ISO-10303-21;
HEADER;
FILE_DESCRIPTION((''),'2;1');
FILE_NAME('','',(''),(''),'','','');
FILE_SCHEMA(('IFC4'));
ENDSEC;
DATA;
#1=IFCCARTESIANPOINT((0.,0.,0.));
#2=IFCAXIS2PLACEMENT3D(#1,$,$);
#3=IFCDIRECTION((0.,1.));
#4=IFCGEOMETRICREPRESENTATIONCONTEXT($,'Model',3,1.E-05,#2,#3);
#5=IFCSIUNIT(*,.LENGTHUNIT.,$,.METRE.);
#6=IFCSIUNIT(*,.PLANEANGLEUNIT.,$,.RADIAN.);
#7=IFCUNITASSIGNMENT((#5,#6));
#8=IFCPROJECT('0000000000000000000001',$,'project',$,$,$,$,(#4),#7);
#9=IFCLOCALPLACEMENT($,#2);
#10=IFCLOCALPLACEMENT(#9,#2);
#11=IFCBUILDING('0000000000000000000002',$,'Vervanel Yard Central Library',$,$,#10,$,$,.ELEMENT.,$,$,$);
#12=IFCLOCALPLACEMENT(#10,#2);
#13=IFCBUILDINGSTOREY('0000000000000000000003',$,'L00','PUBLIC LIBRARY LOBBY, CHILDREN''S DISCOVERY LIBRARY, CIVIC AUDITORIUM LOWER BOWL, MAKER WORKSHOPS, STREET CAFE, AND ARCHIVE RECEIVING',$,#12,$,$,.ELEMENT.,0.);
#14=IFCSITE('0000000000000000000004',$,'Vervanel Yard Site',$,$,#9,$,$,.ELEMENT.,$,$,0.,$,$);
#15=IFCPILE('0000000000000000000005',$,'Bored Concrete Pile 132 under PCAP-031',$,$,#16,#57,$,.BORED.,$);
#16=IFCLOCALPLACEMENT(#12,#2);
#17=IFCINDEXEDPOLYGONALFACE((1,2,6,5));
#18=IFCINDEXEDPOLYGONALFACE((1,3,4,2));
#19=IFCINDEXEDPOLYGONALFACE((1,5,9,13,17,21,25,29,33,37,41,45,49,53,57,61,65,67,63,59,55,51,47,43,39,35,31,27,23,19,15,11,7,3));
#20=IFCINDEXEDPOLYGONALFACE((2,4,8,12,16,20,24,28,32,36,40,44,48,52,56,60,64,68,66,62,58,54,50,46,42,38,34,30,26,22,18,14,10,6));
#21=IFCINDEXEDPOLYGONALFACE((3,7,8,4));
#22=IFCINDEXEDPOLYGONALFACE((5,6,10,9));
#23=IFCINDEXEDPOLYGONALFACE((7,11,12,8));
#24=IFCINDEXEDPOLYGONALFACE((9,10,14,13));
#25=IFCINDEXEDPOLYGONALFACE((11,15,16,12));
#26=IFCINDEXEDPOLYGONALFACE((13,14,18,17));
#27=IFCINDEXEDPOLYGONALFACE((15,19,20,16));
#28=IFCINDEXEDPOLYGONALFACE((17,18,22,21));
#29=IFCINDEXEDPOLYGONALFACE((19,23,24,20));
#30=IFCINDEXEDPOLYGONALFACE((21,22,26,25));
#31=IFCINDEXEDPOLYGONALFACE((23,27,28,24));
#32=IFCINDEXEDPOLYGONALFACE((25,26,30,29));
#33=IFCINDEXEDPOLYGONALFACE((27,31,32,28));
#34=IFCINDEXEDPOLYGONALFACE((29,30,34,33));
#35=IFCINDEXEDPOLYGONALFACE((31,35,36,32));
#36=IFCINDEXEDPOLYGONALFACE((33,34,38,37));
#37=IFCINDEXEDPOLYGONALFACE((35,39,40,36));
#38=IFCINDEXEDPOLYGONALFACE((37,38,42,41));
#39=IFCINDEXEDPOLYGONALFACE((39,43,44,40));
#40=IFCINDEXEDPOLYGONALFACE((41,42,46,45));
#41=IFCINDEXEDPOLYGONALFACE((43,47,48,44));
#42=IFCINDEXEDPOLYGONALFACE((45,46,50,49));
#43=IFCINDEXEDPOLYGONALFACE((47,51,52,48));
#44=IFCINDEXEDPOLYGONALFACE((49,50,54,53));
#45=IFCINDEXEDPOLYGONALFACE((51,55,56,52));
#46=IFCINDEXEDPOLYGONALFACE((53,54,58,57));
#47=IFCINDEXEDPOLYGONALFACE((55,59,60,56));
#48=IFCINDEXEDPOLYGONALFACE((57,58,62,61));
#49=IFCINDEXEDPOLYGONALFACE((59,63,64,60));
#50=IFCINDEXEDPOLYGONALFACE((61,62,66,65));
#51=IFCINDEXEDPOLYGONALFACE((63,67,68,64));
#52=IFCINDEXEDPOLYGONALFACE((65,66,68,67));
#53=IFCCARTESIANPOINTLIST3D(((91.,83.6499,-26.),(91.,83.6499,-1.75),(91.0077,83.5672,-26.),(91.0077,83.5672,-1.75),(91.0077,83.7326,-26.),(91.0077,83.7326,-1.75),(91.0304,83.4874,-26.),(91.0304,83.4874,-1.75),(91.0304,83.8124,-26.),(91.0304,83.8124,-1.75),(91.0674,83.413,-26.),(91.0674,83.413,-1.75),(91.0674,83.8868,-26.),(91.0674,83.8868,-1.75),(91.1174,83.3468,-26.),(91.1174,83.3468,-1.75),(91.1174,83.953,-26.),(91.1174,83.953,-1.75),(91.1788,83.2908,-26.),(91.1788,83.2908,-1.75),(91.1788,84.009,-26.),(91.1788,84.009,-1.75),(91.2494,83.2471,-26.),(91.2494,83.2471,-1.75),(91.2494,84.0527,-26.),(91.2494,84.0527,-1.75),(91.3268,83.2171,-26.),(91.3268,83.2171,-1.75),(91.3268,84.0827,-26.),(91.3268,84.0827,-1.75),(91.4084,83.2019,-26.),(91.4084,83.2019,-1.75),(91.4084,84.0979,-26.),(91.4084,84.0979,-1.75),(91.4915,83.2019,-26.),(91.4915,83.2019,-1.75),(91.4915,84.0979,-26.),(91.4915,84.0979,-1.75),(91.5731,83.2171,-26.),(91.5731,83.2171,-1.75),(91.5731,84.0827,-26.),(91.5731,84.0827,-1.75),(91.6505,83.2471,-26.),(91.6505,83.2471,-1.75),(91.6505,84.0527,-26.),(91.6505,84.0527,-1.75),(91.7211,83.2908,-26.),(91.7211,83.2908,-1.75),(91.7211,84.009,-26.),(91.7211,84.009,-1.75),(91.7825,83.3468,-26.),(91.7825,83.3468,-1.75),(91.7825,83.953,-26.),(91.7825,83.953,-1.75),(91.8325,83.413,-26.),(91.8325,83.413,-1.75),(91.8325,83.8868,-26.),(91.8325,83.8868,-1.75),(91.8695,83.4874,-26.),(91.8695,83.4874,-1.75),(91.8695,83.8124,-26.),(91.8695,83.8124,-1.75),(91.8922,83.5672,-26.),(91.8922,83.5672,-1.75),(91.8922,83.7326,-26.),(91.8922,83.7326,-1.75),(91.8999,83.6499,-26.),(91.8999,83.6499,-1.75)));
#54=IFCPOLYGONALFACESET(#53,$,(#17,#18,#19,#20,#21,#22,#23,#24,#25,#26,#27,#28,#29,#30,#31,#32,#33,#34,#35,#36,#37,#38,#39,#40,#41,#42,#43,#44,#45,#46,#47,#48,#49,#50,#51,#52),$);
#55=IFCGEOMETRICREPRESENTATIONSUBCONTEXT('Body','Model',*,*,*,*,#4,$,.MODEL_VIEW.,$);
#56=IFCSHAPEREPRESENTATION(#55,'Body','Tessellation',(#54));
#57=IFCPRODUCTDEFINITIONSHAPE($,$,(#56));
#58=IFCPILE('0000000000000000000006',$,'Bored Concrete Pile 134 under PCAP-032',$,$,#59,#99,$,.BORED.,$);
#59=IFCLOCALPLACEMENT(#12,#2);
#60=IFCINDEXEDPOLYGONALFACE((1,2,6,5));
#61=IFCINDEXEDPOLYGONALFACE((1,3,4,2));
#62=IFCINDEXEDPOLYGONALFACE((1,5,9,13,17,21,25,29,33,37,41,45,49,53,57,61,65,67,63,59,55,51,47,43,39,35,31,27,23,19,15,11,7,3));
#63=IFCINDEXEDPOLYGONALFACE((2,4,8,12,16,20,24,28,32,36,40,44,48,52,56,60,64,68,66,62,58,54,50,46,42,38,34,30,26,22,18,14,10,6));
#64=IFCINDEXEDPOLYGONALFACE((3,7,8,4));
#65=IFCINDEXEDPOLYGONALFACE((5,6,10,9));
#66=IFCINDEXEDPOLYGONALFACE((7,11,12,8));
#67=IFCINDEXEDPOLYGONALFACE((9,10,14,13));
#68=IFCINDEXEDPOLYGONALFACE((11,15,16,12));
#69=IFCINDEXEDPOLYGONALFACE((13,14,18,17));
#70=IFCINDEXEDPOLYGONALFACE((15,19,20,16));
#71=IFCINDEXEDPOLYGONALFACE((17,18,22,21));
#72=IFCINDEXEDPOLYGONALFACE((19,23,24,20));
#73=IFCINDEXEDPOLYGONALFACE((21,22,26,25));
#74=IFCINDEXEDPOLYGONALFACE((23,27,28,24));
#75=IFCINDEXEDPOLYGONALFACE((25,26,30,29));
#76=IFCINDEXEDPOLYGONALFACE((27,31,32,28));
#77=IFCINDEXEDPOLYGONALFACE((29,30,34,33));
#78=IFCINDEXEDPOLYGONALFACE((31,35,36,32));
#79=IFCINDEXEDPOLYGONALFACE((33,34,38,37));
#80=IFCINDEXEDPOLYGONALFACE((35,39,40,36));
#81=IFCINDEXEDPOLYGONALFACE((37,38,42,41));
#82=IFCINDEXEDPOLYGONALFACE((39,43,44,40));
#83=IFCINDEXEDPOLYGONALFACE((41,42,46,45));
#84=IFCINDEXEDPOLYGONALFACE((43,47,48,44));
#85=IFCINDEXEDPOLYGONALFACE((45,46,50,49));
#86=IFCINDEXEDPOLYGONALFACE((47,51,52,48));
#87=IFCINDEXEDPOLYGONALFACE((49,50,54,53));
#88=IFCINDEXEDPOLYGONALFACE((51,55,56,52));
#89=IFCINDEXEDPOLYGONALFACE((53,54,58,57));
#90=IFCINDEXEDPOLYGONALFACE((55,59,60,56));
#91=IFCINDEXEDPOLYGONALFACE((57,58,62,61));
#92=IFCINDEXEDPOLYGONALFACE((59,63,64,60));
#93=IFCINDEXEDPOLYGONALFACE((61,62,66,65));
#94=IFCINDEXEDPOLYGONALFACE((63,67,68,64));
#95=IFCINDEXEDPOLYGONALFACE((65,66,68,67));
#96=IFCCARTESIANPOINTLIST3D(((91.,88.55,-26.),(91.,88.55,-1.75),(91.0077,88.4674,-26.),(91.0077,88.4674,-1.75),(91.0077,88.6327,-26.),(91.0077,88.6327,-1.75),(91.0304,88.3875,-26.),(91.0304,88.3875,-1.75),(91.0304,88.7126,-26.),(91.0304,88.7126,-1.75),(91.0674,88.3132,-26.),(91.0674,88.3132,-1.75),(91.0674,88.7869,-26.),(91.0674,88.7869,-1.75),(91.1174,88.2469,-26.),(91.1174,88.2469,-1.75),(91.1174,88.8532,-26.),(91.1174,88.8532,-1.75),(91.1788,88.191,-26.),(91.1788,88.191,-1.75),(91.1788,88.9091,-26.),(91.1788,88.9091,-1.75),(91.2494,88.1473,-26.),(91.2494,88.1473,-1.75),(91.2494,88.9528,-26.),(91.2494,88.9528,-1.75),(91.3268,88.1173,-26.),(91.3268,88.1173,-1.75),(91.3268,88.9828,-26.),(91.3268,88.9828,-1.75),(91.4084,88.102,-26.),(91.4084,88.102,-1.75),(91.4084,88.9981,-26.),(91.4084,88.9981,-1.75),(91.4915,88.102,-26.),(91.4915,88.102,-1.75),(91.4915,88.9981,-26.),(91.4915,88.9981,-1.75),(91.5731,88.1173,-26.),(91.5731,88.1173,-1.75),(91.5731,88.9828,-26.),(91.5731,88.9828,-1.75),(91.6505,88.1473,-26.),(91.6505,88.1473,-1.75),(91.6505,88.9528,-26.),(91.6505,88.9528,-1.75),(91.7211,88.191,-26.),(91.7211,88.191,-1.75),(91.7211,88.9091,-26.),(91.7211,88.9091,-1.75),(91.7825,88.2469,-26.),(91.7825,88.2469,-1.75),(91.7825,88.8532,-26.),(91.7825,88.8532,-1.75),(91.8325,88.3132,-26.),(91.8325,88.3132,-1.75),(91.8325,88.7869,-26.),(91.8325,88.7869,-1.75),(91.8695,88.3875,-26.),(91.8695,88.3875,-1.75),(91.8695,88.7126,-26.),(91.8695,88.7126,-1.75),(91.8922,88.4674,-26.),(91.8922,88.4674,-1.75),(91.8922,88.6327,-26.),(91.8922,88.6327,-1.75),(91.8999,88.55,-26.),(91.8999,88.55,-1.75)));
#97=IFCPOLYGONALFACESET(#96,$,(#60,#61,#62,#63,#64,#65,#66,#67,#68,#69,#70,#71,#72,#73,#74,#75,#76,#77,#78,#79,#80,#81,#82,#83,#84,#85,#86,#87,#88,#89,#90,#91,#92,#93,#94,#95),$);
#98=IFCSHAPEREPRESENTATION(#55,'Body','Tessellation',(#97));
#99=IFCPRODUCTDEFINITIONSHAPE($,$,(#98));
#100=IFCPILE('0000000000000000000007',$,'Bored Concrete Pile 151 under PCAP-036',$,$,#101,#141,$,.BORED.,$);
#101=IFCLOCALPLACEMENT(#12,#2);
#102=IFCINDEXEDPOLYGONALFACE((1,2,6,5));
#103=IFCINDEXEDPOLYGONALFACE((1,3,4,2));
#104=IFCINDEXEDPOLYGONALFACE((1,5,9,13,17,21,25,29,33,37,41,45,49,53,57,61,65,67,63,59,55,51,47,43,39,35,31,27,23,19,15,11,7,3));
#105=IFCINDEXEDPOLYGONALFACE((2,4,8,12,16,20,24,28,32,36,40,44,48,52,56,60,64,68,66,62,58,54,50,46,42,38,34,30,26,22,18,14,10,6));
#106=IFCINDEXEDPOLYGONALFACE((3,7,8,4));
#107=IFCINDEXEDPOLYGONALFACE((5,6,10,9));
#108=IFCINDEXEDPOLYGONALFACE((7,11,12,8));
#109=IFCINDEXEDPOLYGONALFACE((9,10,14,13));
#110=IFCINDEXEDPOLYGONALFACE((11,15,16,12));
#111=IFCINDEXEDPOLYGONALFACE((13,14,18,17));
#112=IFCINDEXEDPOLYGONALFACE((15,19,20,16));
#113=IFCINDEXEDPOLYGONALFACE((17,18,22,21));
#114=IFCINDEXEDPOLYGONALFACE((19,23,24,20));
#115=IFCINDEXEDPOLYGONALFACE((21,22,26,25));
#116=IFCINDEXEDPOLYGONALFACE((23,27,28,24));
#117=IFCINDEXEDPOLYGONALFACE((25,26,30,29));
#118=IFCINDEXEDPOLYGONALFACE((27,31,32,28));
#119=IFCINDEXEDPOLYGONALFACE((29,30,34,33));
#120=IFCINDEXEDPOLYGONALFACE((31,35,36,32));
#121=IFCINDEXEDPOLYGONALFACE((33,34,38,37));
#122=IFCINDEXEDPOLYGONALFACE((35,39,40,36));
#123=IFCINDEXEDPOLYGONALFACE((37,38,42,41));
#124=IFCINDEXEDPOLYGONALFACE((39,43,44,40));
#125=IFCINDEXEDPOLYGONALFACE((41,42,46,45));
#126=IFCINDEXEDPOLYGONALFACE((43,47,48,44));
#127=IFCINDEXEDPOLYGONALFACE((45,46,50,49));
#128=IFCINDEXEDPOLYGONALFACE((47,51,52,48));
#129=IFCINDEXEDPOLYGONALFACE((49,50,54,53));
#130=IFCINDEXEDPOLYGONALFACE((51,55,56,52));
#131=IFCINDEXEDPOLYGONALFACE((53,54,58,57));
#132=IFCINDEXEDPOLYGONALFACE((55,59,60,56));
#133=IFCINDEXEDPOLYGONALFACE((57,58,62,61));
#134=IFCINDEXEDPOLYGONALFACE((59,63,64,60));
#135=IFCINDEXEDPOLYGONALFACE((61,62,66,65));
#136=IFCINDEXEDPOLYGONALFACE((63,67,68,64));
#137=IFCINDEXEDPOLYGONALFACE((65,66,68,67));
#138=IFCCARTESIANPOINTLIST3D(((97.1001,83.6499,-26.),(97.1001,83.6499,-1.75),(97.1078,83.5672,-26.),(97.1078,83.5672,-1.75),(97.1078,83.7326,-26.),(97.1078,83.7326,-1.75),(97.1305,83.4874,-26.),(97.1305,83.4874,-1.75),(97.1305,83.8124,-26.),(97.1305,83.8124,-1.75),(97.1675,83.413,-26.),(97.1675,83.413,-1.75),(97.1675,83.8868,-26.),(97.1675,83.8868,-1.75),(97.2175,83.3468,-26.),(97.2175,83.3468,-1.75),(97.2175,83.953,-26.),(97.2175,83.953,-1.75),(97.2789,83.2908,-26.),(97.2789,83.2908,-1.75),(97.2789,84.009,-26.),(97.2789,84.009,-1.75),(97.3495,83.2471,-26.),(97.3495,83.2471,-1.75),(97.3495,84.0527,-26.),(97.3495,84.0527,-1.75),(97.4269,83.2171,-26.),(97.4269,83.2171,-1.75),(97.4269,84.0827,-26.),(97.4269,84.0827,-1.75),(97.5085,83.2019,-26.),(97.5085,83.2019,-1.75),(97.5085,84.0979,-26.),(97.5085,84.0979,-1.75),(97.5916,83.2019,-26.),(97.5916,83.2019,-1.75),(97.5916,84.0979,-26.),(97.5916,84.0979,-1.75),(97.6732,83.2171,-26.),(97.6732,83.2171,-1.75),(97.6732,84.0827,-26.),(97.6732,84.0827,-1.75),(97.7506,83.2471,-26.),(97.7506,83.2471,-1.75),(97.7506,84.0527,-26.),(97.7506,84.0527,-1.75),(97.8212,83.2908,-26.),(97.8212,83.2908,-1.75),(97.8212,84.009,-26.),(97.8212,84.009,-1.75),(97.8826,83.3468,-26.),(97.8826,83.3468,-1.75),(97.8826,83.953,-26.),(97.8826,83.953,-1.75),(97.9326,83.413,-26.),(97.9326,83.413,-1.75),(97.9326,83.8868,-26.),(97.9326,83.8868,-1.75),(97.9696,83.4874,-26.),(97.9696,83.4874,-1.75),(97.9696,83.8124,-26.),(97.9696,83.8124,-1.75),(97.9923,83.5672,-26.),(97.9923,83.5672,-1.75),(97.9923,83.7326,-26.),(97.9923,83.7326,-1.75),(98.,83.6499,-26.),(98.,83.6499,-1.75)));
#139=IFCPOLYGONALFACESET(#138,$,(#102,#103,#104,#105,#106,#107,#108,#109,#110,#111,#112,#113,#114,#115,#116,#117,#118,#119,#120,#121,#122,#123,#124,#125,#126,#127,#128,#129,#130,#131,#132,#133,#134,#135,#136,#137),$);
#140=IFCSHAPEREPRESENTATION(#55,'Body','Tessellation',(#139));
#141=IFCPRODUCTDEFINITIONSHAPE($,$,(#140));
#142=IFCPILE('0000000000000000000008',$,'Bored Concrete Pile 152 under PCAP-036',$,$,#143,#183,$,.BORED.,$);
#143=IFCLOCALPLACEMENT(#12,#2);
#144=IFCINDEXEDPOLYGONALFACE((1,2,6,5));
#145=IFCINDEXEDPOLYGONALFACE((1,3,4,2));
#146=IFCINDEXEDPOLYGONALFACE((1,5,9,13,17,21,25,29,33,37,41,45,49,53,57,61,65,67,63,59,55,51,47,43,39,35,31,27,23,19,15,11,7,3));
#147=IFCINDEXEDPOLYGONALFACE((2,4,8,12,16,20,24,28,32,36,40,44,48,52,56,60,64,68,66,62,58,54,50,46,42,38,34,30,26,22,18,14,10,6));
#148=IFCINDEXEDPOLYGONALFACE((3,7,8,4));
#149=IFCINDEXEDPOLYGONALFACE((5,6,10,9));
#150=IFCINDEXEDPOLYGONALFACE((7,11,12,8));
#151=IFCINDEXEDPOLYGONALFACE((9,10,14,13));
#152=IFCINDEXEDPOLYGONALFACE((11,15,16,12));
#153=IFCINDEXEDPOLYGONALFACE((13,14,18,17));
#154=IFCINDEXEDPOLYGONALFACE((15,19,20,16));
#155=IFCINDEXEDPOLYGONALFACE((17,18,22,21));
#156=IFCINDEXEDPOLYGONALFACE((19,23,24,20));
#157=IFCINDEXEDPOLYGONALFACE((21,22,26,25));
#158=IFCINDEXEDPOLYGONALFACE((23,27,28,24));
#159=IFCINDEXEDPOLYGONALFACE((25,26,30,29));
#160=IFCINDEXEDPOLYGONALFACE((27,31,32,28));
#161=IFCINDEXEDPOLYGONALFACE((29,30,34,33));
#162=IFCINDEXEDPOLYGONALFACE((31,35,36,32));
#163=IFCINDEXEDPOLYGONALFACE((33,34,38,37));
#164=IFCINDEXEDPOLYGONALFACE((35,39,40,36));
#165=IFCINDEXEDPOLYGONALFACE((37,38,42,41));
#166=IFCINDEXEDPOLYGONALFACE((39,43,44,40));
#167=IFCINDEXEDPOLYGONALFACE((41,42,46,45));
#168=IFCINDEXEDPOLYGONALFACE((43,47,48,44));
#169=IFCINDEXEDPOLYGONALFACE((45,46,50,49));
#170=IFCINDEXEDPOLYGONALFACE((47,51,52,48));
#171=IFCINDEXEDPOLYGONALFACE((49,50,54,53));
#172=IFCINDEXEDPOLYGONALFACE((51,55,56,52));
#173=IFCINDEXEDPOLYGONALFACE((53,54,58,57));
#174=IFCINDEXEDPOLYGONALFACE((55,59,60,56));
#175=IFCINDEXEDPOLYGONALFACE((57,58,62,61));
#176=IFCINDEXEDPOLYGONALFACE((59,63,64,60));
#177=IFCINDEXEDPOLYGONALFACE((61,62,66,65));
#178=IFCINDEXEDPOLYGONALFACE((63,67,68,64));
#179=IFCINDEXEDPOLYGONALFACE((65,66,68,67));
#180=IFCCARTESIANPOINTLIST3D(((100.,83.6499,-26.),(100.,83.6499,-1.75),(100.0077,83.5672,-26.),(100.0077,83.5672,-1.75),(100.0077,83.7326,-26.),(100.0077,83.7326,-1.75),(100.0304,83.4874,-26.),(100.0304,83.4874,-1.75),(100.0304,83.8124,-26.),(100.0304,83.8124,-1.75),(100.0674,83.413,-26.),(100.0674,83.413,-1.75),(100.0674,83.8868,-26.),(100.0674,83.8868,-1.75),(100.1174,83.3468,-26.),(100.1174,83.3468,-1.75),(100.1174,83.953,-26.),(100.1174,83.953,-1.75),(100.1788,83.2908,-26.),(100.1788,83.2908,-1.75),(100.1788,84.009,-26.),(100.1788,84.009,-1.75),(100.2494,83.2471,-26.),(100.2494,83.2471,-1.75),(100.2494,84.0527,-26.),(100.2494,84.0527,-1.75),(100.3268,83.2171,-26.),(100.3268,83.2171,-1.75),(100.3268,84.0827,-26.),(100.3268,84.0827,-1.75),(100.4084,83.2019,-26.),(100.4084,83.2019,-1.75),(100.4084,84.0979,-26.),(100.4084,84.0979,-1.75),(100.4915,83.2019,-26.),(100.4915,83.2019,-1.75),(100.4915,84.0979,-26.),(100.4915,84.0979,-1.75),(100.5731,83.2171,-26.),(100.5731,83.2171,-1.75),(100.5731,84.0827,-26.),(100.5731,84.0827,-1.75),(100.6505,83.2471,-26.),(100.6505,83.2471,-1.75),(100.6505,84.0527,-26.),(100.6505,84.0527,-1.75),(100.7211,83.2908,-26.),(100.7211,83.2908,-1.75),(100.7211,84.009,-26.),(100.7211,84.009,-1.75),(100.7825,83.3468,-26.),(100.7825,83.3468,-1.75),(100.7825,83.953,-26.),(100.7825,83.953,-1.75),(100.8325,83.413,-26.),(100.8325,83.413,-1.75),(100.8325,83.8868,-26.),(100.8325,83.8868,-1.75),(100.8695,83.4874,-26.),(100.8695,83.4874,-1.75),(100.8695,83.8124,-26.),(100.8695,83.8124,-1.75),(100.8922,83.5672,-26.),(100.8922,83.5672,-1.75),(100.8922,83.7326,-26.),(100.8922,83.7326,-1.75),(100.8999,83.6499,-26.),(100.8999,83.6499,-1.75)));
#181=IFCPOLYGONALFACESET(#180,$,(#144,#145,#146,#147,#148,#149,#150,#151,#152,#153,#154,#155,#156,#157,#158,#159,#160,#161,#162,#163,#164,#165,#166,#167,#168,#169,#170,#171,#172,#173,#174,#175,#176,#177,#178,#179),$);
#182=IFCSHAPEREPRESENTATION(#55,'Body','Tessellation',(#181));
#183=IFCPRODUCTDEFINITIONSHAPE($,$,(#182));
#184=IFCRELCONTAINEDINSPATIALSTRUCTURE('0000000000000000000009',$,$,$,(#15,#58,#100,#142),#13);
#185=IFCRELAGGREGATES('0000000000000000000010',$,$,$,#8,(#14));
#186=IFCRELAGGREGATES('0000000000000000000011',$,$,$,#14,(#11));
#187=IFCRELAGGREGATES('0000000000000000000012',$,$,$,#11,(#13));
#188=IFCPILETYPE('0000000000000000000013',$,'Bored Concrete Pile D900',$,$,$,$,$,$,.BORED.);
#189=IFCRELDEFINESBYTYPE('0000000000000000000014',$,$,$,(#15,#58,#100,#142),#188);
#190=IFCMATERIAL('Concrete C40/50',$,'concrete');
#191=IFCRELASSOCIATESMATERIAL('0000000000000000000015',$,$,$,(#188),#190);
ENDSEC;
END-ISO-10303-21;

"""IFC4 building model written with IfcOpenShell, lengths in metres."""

from ifc_helpers import new_model, si_unit, direction, frame, origin, origin_2d, place, context, subcontext, project, spatial, circle, extrude, material, material_profile, profile_set, type_object, element, save


model = new_model("IFC4")

# Units and contexts
model_context = context("Model", 3, precision=1e-05, world=origin(), true_north=direction((0.0, 1.0)))
body_context = subcontext(model_context, "Body", "Model", "MODEL_VIEW")
ifc_project = project(units=[si_unit("LENGTHUNIT", "METRE"), si_unit("PLANEANGLEUNIT", "RADIAN")], contexts=[model_context])

# Site, building, storey
site_placement = place(None, origin())
site = spatial("IfcSite", under=ifc_project, at=site_placement, Name="Vervanel Yard Site", CompositionType="ELEMENT", RefElevation=0.0)
building_placement = place(site_placement, origin())
building = spatial("IfcBuilding", under=site, at=building_placement, Name="Vervanel Yard Central Library", CompositionType="ELEMENT")
storey_placement = place(building_placement, origin())
storey = spatial("IfcBuildingStorey", under=building, at=storey_placement, Name="L00", Description="PUBLIC LIBRARY LOBBY, CHILDREN'S DISCOVERY LIBRARY, CIVIC AUDITORIUM LOWER BOWL, MAKER WORKSHOPS, STREET CAFE, AND ARCHIVE RECEIVING", CompositionType="ELEMENT", Elevation=0.0)

# Piles
ifc_material_1 = material(Name="Concrete C40/50", Category="concrete")
ifc_material_profile_1 = material_profile(ifc_material_1, circle(Radius=0.45, at=origin_2d()), Name="BP D900", Category="concrete")
ifc_profile_set_1 = profile_set([ifc_material_profile_1], Name="Concrete C40/50")
pile_type = type_object("IfcPileType", Name="Bored Concrete Pile D900", PredefinedType="BORED", material=ifc_profile_set_1)
for number, where, z_axis, x_axis, name in (
    (1, (91.45, 83.6499, -1.75), (0.0, 0.0, -1.0), (1.0, 0.0, 0.0), "Bored Concrete Pile 132 under PCAP-031"),
    (2, (91.45, 88.55, -1.75), (0.0, 0.0, -1.0), (1.0, 0.0, 0.0), "Bored Concrete Pile 134 under PCAP-032"),
    (3, (97.55, 83.6499, -1.75), (0.0, 0.0, -1.0), (1.0, 0.0, 0.0), "Bored Concrete Pile 151 under PCAP-036"),
    (4, (100.45, 83.6499, -1.75), (0.0, 0.0, -1.0), (1.0, 0.0, 0.0), "Bored Concrete Pile 152 under PCAP-036"),
):
    element("IfcPile", number, at=place(storey_placement, frame(where, z_axis=z_axis, x_axis=x_axis)), inside=storey, type_object=pile_type, Name=name, PredefinedType="BORED", context=body_context, shape_type="SweptSolid", body=[
        extrude(circle(Radius=0.45, at=origin_2d()), origin(), (0.0, 0.0, 1.0), 24.25),
    ])

save(model, "model.ifc")
